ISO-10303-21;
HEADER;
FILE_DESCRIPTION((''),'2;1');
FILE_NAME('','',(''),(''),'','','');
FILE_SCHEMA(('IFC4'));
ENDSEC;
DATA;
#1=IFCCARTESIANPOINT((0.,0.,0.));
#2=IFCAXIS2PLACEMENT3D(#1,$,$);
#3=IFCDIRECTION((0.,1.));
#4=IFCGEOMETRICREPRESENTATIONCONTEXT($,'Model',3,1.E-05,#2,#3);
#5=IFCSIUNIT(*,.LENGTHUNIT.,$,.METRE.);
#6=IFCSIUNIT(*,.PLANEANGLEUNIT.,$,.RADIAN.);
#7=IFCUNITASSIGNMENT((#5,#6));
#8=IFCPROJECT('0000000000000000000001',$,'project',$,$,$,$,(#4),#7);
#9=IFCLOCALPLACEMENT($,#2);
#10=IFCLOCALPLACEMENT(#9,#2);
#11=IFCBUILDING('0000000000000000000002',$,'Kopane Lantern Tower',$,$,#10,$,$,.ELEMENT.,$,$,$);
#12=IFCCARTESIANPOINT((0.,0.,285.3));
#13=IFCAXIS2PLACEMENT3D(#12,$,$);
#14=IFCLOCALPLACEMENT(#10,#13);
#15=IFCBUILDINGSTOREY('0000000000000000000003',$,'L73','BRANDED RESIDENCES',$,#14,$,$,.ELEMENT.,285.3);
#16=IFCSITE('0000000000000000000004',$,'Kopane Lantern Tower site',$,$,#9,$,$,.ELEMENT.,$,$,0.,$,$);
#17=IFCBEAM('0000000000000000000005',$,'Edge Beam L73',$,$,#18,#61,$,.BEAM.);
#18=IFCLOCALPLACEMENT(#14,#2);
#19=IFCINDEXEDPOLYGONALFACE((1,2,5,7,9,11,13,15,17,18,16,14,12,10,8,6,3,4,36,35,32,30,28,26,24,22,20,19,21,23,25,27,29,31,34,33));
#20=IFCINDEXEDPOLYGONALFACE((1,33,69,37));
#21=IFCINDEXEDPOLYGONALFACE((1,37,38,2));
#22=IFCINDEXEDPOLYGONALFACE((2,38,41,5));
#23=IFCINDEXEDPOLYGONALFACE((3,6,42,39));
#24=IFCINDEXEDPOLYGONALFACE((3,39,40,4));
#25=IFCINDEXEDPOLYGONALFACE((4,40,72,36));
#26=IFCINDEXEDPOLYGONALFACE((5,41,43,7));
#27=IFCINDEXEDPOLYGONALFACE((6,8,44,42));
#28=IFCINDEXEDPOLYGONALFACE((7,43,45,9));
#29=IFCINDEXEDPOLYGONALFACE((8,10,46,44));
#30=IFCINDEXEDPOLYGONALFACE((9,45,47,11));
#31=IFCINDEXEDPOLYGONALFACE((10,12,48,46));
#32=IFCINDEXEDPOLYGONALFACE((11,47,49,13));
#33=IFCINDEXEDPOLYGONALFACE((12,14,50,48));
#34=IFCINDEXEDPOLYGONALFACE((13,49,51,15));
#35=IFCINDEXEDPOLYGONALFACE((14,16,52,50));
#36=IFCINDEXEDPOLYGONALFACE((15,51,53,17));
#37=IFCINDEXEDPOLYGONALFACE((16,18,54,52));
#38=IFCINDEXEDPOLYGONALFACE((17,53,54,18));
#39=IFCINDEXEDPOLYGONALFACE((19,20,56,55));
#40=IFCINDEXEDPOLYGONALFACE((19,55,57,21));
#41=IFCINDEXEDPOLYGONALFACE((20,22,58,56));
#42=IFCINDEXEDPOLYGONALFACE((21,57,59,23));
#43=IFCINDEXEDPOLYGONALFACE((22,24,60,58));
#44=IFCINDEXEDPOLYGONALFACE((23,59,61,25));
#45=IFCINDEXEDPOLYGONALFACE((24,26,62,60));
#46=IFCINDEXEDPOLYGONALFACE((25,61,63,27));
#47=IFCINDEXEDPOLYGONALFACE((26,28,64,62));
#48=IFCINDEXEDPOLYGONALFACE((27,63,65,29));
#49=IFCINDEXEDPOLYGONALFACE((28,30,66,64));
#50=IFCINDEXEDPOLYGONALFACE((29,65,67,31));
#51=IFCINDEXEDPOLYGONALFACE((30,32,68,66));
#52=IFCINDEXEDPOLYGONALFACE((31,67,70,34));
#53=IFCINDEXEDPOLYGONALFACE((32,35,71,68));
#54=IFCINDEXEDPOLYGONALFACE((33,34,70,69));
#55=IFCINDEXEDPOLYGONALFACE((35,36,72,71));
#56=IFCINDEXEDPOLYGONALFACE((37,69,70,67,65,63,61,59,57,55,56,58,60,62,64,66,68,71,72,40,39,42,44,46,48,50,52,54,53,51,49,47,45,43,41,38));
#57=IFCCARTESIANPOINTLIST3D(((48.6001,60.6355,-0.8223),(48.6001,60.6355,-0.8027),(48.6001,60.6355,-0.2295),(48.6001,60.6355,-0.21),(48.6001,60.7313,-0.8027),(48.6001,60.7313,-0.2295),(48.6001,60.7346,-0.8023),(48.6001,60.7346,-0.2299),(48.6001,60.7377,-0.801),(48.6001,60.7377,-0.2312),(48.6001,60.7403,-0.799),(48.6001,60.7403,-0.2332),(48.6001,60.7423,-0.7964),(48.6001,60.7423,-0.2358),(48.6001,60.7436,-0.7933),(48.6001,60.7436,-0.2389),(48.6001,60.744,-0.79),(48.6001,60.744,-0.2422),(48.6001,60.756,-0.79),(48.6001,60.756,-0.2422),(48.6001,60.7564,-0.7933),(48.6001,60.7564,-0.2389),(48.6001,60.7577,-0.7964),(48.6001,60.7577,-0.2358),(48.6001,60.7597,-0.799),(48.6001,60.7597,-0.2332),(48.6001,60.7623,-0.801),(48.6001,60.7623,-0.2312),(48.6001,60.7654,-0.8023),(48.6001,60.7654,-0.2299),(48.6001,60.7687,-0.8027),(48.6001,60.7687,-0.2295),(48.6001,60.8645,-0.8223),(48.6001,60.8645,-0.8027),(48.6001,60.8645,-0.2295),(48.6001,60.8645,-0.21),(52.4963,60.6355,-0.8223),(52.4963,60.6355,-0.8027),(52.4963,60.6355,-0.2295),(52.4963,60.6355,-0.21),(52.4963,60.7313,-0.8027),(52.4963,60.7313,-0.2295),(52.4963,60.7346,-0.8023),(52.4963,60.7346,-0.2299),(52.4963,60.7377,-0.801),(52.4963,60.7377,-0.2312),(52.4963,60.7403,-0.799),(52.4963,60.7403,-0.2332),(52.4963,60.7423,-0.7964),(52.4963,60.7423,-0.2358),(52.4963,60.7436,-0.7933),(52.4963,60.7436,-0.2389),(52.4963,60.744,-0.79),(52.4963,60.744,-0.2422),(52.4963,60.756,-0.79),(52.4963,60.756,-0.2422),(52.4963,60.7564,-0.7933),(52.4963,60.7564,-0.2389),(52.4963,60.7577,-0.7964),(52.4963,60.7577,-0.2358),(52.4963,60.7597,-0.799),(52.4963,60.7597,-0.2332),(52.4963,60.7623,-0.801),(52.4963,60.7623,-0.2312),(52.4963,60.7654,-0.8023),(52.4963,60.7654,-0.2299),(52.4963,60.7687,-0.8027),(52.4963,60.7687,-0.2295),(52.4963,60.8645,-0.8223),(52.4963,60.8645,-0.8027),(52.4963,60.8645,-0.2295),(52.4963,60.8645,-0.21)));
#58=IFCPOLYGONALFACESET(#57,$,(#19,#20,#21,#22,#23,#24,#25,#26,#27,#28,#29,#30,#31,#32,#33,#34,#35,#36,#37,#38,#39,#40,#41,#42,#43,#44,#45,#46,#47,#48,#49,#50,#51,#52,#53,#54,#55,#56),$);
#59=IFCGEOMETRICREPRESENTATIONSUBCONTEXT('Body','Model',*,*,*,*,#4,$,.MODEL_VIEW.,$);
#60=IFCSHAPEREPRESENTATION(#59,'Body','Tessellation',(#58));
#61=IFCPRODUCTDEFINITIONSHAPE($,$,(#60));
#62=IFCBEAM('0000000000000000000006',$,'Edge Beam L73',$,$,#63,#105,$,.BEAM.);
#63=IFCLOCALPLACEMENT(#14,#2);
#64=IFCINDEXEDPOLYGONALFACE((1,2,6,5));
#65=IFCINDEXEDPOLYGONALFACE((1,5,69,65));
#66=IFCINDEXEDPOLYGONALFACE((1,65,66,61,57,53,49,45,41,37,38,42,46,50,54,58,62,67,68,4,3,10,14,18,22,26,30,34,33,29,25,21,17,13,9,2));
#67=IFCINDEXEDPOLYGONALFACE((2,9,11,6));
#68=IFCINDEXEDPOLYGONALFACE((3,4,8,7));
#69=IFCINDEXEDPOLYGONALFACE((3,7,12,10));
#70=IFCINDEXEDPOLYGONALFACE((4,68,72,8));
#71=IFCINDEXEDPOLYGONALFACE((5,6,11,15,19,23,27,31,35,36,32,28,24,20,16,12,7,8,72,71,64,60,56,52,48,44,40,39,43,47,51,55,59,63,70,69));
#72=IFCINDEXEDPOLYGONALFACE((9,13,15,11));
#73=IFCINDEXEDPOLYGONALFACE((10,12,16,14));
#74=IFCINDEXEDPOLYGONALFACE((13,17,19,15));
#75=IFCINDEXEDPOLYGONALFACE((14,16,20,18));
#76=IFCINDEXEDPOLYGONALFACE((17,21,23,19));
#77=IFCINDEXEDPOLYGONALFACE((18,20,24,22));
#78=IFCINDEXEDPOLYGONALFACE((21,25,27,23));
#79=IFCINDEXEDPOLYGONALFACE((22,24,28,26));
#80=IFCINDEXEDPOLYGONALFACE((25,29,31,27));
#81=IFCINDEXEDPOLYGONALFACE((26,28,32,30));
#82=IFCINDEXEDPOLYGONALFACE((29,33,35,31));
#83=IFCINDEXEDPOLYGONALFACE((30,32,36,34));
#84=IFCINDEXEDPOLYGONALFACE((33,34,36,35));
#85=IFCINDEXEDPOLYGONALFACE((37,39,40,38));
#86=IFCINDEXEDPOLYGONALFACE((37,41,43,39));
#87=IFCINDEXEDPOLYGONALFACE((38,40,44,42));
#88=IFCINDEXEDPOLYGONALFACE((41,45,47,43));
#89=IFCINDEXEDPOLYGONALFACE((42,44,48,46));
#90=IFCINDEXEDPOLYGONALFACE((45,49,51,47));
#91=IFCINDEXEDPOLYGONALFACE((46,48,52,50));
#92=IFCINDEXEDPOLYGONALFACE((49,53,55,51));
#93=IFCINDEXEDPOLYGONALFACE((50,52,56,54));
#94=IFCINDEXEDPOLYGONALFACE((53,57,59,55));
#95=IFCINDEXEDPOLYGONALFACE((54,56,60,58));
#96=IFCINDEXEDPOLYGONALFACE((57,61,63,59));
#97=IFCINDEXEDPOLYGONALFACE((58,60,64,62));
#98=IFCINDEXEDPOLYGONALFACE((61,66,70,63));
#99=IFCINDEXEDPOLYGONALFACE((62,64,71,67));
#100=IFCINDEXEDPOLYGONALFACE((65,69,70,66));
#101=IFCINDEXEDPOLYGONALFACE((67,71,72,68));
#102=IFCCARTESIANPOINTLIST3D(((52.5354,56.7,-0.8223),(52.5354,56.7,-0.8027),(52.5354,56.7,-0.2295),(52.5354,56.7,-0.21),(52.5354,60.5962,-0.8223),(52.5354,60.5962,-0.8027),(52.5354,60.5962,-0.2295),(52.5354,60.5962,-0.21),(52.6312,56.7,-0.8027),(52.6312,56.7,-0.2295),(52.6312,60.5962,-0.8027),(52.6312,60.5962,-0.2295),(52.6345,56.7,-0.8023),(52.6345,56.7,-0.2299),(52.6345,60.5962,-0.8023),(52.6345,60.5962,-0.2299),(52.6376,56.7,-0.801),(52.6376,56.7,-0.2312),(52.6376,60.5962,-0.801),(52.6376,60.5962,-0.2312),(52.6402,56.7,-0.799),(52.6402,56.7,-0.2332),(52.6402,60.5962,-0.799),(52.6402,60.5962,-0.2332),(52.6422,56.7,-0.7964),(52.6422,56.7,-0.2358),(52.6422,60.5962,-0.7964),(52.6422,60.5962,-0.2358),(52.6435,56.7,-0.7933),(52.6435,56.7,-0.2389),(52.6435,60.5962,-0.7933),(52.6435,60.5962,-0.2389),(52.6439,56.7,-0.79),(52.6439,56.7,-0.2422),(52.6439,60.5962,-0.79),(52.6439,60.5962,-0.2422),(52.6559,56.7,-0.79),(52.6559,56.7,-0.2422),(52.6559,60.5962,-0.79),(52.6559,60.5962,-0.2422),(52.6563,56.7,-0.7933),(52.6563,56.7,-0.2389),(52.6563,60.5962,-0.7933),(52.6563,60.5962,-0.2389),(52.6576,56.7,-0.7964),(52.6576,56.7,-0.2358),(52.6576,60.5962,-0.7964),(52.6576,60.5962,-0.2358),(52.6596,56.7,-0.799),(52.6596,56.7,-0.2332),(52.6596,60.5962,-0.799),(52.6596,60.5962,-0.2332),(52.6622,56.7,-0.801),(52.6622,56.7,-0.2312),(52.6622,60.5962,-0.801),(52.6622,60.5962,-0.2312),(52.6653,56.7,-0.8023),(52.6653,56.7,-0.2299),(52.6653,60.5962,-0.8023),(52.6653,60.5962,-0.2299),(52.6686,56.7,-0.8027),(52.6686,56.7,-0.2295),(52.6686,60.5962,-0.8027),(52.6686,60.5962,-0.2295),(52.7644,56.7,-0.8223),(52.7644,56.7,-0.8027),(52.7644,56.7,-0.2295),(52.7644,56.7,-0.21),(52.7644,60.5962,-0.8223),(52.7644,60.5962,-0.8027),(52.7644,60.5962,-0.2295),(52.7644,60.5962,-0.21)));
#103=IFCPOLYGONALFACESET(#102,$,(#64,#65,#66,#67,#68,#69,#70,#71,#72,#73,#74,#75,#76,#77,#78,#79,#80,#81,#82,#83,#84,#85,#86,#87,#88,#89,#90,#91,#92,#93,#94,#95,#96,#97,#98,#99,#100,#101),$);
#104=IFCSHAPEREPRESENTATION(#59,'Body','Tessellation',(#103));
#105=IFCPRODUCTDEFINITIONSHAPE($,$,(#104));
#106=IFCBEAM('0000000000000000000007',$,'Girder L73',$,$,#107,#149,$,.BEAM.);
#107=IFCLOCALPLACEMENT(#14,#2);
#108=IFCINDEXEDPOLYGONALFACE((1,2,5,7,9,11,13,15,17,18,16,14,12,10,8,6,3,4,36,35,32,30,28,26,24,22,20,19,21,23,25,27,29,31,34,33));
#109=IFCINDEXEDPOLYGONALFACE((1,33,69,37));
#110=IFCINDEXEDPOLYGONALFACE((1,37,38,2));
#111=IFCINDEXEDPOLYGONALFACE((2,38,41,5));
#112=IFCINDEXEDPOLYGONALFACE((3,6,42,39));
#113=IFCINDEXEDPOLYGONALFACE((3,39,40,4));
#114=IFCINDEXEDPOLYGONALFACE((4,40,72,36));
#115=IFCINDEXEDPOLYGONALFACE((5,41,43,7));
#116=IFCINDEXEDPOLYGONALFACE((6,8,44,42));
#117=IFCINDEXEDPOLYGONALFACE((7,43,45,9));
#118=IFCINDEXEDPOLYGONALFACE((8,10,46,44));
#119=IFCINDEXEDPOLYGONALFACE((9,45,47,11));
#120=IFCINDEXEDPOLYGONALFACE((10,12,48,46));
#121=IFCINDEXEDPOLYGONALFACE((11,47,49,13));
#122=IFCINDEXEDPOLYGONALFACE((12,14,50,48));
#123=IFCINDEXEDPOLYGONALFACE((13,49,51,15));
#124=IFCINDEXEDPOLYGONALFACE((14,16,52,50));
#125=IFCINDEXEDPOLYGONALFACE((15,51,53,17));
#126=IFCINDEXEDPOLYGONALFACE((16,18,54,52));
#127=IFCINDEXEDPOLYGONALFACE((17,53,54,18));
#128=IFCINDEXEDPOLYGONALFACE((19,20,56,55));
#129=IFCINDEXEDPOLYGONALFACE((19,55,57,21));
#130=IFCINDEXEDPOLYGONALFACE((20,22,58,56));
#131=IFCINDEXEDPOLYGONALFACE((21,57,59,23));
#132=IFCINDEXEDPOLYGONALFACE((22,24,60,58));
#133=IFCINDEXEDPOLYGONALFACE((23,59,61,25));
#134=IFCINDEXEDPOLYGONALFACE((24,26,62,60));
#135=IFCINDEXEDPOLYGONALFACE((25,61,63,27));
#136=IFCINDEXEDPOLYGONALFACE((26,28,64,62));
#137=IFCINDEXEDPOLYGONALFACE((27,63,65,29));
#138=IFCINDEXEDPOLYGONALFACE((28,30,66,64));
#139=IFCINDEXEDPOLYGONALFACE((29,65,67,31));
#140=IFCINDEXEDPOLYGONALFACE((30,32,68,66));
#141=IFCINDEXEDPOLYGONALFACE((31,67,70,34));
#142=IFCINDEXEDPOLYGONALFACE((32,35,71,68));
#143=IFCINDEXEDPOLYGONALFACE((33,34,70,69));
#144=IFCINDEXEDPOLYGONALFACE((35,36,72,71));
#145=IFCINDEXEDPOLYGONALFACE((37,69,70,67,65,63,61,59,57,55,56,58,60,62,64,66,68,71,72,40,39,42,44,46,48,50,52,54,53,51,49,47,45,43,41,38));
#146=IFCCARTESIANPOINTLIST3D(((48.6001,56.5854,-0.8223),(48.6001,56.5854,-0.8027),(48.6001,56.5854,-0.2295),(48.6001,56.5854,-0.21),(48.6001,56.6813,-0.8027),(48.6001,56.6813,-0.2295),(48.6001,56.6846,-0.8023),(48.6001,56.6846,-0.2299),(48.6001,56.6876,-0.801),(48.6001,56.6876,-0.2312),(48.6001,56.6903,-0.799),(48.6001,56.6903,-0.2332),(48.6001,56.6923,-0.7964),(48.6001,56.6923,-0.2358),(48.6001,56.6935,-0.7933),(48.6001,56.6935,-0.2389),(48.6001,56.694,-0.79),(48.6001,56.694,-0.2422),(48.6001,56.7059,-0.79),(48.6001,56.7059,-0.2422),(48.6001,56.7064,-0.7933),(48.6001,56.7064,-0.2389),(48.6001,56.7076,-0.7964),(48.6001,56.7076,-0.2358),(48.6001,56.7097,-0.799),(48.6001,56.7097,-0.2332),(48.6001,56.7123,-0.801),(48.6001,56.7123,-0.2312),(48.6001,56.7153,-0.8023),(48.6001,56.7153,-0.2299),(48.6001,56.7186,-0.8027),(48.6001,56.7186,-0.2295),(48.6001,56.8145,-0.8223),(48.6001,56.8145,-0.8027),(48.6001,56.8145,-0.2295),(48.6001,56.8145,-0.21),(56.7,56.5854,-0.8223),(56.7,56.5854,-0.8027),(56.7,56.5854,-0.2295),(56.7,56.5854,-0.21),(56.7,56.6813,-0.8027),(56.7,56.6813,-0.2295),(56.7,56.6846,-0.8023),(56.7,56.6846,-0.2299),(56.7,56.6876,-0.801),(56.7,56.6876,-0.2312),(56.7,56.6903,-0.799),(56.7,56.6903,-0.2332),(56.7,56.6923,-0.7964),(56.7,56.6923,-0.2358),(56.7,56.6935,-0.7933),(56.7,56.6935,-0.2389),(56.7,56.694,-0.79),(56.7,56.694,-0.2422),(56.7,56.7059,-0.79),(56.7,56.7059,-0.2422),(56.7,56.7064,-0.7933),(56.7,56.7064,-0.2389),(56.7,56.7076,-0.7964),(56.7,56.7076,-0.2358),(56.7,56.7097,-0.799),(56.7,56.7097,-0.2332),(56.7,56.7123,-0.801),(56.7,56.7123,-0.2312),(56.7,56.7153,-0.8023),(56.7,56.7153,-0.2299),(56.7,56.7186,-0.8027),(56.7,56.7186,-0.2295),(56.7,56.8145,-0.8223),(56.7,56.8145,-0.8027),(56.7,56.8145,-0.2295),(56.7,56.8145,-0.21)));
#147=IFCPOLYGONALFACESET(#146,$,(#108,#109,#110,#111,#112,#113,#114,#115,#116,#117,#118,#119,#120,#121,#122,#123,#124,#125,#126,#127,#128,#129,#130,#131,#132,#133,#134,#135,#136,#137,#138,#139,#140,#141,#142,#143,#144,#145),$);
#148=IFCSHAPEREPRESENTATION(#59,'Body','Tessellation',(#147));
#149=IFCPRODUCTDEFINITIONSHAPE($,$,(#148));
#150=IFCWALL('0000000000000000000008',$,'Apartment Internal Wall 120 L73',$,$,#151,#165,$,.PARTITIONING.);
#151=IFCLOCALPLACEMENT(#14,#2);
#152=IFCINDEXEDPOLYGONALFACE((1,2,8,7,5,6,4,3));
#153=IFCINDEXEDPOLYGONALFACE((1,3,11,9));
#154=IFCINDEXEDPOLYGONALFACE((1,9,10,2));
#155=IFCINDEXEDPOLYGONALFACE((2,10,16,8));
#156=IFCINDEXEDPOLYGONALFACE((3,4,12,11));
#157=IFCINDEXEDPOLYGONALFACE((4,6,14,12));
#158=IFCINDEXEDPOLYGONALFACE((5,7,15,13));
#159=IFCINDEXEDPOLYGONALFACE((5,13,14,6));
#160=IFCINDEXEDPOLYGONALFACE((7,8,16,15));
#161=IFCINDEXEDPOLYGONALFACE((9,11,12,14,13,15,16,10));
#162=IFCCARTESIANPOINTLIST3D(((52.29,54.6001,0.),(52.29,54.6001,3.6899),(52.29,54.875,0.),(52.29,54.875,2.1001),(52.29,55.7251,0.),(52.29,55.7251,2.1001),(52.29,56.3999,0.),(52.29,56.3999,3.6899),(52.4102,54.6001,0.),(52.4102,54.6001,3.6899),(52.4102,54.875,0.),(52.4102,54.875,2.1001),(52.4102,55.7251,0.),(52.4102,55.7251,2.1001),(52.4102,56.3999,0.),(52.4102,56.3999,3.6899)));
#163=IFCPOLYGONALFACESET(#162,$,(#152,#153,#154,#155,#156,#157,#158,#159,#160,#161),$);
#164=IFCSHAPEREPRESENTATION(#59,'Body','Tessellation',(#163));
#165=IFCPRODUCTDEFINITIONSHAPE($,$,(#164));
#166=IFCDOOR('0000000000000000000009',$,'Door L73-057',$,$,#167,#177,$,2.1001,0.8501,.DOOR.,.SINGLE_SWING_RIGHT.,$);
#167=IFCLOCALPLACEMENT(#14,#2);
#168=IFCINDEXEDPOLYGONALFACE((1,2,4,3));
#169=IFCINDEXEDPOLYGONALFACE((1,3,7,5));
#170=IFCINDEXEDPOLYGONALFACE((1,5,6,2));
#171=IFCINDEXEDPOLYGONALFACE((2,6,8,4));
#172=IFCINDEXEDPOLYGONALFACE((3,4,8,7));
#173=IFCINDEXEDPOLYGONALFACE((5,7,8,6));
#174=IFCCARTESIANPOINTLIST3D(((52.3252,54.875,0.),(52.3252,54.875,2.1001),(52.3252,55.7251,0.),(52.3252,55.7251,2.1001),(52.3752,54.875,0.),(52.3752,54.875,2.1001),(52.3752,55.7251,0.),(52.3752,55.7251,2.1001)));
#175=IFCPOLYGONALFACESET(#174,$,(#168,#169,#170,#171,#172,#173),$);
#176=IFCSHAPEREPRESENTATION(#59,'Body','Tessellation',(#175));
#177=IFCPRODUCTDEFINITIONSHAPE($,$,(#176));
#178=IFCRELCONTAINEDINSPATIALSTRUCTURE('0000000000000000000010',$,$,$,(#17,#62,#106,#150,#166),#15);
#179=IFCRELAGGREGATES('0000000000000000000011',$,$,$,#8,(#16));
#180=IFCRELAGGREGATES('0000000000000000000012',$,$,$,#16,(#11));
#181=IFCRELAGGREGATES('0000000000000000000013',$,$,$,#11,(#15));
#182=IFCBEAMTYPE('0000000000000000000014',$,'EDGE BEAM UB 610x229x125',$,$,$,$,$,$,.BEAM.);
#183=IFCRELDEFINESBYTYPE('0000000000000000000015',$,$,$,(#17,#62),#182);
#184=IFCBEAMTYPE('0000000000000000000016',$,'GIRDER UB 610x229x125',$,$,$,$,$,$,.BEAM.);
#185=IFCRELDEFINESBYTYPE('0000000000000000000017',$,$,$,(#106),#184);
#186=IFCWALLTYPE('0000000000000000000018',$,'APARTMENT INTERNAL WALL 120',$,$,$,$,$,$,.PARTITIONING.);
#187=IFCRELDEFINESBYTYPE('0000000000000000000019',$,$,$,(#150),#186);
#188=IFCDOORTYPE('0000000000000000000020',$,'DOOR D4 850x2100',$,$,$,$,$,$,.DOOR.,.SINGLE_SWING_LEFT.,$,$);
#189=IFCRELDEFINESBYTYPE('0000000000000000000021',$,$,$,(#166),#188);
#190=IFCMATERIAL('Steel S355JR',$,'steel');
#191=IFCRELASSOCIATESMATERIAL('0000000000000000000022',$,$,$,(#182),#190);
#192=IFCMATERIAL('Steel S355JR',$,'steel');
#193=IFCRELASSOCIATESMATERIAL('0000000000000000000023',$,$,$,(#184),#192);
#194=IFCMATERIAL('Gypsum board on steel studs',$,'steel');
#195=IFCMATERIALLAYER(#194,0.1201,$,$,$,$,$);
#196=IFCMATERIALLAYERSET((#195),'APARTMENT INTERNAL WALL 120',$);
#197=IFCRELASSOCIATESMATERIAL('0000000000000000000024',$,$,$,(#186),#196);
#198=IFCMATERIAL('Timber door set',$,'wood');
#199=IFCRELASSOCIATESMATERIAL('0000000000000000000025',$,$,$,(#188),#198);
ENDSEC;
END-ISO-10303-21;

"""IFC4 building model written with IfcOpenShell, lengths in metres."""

from ifc_helpers import new_model, si_unit, direction, frame, frame_2d, origin, origin_2d, place, context, subcontext, project, spatial, rectangle, i_section, extrude, material, layer, layer_set, material_profile, profile_set, type_object, element, fill, save


model = new_model("IFC4")

# Units and contexts
model_context = context("Model", 3, precision=1e-05, world=origin(), true_north=direction((0.0, 1.0)))
body_context = subcontext(model_context, "Body", "Model", "MODEL_VIEW")
ifc_project = project(units=[si_unit("LENGTHUNIT", "METRE"), si_unit("PLANEANGLEUNIT", "RADIAN")], contexts=[model_context])

# Site, building, storey
site_placement = place(None, origin())
site = spatial("IfcSite", under=ifc_project, at=site_placement, Name="Kopane Lantern Tower site", CompositionType="ELEMENT", RefElevation=0.0)
building_placement = place(site_placement, origin())
building = spatial("IfcBuilding", under=site, at=building_placement, Name="Kopane Lantern Tower", CompositionType="ELEMENT")
storey_placement = place(building_placement, frame((0.0, 0.0, 285.3)))
storey = spatial("IfcBuildingStorey", under=building, at=storey_placement, Name="L73", Description="BRANDED RESIDENCES", CompositionType="ELEMENT", Elevation=285.3)

# Beams
ifc_material_1 = material(Name="Steel S355JR", Category="steel")
ifc_material_profile_1 = material_profile(ifc_material_1, i_section(OverallWidth=0.229, OverallDepth=0.6123, WebThickness=0.012, FlangeThickness=0.0195, FilletRadius=0.0127, at=origin_2d()), Name="UB 610x229x125")
ifc_profile_set_1 = profile_set([ifc_material_profile_1], Name="Steel S355JR")
beam_type_1 = type_object("IfcBeamType", Name="EDGE BEAM UB 610x229x125", PredefinedType="BEAM", material=ifc_profile_set_1)
for number, where, z_axis, x_axis, name in (
    (1, (52.4963, 60.75, -0.5161), (-1.0, 0.0, 0.0), (0.0, -1.0, 0.0), "Edge Beam L73"),
    (2, (52.6499, 60.5962, -0.5161), (0.0, -1.0, 0.0), (1.0, 0.0, 0.0), "Edge Beam L73"),
):
    element("IfcBeam", number, at=place(storey_placement, frame(where, z_axis=z_axis, x_axis=x_axis)), inside=storey, type_object=beam_type_1, Name=name, PredefinedType="BEAM", context=body_context, shape_type="SweptSolid", body=[
        extrude(i_section(OverallWidth=0.229, OverallDepth=0.6123, WebThickness=0.012, FlangeThickness=0.0195, FilletRadius=0.0127, at=origin_2d()), origin(), (0.0, 0.0, 1.0), 3.8962),
    ])
ifc_material_2 = material(Name="Steel S355JR", Category="steel")
ifc_material_profile_2 = material_profile(ifc_material_2, i_section(OverallWidth=0.229, OverallDepth=0.6123, WebThickness=0.012, FlangeThickness=0.0195, FilletRadius=0.0127, at=origin_2d()), Name="UB 610x229x125")
ifc_profile_set_2 = profile_set([ifc_material_profile_2], Name="Steel S355JR")
beam_type_2 = type_object("IfcBeamType", Name="GIRDER UB 610x229x125", PredefinedType="BEAM", material=ifc_profile_set_2)
beam_1_placement = place(storey_placement, frame((48.6001, 56.7, -0.5161), z_axis=(1.0, 0.0, 0.0), x_axis=(0.0, 1.0, 0.0)))
element("IfcBeam", 3, at=beam_1_placement, inside=storey, type_object=beam_type_2, Name="Girder L73", PredefinedType="BEAM", context=body_context, shape_type="SweptSolid", body=[
    extrude(i_section(OverallWidth=0.229, OverallDepth=0.6123, WebThickness=0.012, FlangeThickness=0.0195, FilletRadius=0.0127, at=origin_2d()), origin(), (0.0, 0.0, 1.0), 8.0999),
])

# Wall, opening, door
ifc_material_3 = material(Name="Gypsum board on steel studs", Category="steel")
ifc_layer_1 = layer(ifc_material_3, 0.1201)
ifc_layer_set_1 = layer_set([ifc_layer_1], Name="APARTMENT INTERNAL WALL 120")
wall_type_1 = type_object("IfcWallType", Name="APARTMENT INTERNAL WALL 120", PredefinedType="PARTITIONING", material=ifc_layer_set_1)
wall_1_placement = place(storey_placement, frame((52.3501, 54.6001, 0.0), z_axis=(0.0, 0.0, 1.0), x_axis=(0.0, 1.0, 0.0)))
wall_1 = element("IfcWall", 4, at=wall_1_placement, inside=storey, type_object=wall_type_1, Name="Apartment Internal Wall 120 L73", PredefinedType="PARTITIONING", context=body_context, shape_type="SweptSolid", body=[
    extrude(rectangle(XDim=1.7998, YDim=0.1201, at=frame_2d((0.8999, 0.0))), origin(), (0.0, 0.0, 1.0), 3.6899),
])
opening_1_placement = place(wall_1_placement, frame((0.2749, 0.0, 0.0)))
opening_1 = element("IfcOpeningElement", 5, at=opening_1_placement, cuts=wall_1, PredefinedType="OPENING", context=body_context, shape_type="SweptSolid", body=[
    extrude(rectangle(XDim=0.8501, YDim=2.1001, at=frame_2d((0.425, 1.05))), frame((0.0, 0.0701, 0.0), z_axis=(0.0, -1.0, 0.0), x_axis=(1.0, 0.0, 0.0)), (0.0, 0.0, 1.0), 0.1401),
])
ifc_material_4 = material(Name="Timber door set", Category="wood")
door_type = type_object("IfcDoorType", Name="DOOR D4 850x2100", OperationType="SINGLE_SWING_LEFT", PredefinedType="DOOR", material=ifc_material_4)
door_placement = place(opening_1_placement, origin())
door = element("IfcDoor", 6, at=door_placement, inside=storey, type_object=door_type, Name="Door L73-057", OperationType="SINGLE_SWING_RIGHT", OverallHeight=2.1001, OverallWidth=0.8501, PredefinedType="DOOR", context=body_context, shape_type="SweptSolid", body=[
    extrude(rectangle(XDim=0.8501, YDim=2.1001, at=frame_2d((0.425, 1.05))), frame((0.0, 0.0249, 0.0), z_axis=(0.0, -1.0, 0.0), x_axis=(1.0, 0.0, 0.0)), (0.0, 0.0, 1.0), 0.05),
])
fill(opening_1, door)

save(model, "model.ifc")
